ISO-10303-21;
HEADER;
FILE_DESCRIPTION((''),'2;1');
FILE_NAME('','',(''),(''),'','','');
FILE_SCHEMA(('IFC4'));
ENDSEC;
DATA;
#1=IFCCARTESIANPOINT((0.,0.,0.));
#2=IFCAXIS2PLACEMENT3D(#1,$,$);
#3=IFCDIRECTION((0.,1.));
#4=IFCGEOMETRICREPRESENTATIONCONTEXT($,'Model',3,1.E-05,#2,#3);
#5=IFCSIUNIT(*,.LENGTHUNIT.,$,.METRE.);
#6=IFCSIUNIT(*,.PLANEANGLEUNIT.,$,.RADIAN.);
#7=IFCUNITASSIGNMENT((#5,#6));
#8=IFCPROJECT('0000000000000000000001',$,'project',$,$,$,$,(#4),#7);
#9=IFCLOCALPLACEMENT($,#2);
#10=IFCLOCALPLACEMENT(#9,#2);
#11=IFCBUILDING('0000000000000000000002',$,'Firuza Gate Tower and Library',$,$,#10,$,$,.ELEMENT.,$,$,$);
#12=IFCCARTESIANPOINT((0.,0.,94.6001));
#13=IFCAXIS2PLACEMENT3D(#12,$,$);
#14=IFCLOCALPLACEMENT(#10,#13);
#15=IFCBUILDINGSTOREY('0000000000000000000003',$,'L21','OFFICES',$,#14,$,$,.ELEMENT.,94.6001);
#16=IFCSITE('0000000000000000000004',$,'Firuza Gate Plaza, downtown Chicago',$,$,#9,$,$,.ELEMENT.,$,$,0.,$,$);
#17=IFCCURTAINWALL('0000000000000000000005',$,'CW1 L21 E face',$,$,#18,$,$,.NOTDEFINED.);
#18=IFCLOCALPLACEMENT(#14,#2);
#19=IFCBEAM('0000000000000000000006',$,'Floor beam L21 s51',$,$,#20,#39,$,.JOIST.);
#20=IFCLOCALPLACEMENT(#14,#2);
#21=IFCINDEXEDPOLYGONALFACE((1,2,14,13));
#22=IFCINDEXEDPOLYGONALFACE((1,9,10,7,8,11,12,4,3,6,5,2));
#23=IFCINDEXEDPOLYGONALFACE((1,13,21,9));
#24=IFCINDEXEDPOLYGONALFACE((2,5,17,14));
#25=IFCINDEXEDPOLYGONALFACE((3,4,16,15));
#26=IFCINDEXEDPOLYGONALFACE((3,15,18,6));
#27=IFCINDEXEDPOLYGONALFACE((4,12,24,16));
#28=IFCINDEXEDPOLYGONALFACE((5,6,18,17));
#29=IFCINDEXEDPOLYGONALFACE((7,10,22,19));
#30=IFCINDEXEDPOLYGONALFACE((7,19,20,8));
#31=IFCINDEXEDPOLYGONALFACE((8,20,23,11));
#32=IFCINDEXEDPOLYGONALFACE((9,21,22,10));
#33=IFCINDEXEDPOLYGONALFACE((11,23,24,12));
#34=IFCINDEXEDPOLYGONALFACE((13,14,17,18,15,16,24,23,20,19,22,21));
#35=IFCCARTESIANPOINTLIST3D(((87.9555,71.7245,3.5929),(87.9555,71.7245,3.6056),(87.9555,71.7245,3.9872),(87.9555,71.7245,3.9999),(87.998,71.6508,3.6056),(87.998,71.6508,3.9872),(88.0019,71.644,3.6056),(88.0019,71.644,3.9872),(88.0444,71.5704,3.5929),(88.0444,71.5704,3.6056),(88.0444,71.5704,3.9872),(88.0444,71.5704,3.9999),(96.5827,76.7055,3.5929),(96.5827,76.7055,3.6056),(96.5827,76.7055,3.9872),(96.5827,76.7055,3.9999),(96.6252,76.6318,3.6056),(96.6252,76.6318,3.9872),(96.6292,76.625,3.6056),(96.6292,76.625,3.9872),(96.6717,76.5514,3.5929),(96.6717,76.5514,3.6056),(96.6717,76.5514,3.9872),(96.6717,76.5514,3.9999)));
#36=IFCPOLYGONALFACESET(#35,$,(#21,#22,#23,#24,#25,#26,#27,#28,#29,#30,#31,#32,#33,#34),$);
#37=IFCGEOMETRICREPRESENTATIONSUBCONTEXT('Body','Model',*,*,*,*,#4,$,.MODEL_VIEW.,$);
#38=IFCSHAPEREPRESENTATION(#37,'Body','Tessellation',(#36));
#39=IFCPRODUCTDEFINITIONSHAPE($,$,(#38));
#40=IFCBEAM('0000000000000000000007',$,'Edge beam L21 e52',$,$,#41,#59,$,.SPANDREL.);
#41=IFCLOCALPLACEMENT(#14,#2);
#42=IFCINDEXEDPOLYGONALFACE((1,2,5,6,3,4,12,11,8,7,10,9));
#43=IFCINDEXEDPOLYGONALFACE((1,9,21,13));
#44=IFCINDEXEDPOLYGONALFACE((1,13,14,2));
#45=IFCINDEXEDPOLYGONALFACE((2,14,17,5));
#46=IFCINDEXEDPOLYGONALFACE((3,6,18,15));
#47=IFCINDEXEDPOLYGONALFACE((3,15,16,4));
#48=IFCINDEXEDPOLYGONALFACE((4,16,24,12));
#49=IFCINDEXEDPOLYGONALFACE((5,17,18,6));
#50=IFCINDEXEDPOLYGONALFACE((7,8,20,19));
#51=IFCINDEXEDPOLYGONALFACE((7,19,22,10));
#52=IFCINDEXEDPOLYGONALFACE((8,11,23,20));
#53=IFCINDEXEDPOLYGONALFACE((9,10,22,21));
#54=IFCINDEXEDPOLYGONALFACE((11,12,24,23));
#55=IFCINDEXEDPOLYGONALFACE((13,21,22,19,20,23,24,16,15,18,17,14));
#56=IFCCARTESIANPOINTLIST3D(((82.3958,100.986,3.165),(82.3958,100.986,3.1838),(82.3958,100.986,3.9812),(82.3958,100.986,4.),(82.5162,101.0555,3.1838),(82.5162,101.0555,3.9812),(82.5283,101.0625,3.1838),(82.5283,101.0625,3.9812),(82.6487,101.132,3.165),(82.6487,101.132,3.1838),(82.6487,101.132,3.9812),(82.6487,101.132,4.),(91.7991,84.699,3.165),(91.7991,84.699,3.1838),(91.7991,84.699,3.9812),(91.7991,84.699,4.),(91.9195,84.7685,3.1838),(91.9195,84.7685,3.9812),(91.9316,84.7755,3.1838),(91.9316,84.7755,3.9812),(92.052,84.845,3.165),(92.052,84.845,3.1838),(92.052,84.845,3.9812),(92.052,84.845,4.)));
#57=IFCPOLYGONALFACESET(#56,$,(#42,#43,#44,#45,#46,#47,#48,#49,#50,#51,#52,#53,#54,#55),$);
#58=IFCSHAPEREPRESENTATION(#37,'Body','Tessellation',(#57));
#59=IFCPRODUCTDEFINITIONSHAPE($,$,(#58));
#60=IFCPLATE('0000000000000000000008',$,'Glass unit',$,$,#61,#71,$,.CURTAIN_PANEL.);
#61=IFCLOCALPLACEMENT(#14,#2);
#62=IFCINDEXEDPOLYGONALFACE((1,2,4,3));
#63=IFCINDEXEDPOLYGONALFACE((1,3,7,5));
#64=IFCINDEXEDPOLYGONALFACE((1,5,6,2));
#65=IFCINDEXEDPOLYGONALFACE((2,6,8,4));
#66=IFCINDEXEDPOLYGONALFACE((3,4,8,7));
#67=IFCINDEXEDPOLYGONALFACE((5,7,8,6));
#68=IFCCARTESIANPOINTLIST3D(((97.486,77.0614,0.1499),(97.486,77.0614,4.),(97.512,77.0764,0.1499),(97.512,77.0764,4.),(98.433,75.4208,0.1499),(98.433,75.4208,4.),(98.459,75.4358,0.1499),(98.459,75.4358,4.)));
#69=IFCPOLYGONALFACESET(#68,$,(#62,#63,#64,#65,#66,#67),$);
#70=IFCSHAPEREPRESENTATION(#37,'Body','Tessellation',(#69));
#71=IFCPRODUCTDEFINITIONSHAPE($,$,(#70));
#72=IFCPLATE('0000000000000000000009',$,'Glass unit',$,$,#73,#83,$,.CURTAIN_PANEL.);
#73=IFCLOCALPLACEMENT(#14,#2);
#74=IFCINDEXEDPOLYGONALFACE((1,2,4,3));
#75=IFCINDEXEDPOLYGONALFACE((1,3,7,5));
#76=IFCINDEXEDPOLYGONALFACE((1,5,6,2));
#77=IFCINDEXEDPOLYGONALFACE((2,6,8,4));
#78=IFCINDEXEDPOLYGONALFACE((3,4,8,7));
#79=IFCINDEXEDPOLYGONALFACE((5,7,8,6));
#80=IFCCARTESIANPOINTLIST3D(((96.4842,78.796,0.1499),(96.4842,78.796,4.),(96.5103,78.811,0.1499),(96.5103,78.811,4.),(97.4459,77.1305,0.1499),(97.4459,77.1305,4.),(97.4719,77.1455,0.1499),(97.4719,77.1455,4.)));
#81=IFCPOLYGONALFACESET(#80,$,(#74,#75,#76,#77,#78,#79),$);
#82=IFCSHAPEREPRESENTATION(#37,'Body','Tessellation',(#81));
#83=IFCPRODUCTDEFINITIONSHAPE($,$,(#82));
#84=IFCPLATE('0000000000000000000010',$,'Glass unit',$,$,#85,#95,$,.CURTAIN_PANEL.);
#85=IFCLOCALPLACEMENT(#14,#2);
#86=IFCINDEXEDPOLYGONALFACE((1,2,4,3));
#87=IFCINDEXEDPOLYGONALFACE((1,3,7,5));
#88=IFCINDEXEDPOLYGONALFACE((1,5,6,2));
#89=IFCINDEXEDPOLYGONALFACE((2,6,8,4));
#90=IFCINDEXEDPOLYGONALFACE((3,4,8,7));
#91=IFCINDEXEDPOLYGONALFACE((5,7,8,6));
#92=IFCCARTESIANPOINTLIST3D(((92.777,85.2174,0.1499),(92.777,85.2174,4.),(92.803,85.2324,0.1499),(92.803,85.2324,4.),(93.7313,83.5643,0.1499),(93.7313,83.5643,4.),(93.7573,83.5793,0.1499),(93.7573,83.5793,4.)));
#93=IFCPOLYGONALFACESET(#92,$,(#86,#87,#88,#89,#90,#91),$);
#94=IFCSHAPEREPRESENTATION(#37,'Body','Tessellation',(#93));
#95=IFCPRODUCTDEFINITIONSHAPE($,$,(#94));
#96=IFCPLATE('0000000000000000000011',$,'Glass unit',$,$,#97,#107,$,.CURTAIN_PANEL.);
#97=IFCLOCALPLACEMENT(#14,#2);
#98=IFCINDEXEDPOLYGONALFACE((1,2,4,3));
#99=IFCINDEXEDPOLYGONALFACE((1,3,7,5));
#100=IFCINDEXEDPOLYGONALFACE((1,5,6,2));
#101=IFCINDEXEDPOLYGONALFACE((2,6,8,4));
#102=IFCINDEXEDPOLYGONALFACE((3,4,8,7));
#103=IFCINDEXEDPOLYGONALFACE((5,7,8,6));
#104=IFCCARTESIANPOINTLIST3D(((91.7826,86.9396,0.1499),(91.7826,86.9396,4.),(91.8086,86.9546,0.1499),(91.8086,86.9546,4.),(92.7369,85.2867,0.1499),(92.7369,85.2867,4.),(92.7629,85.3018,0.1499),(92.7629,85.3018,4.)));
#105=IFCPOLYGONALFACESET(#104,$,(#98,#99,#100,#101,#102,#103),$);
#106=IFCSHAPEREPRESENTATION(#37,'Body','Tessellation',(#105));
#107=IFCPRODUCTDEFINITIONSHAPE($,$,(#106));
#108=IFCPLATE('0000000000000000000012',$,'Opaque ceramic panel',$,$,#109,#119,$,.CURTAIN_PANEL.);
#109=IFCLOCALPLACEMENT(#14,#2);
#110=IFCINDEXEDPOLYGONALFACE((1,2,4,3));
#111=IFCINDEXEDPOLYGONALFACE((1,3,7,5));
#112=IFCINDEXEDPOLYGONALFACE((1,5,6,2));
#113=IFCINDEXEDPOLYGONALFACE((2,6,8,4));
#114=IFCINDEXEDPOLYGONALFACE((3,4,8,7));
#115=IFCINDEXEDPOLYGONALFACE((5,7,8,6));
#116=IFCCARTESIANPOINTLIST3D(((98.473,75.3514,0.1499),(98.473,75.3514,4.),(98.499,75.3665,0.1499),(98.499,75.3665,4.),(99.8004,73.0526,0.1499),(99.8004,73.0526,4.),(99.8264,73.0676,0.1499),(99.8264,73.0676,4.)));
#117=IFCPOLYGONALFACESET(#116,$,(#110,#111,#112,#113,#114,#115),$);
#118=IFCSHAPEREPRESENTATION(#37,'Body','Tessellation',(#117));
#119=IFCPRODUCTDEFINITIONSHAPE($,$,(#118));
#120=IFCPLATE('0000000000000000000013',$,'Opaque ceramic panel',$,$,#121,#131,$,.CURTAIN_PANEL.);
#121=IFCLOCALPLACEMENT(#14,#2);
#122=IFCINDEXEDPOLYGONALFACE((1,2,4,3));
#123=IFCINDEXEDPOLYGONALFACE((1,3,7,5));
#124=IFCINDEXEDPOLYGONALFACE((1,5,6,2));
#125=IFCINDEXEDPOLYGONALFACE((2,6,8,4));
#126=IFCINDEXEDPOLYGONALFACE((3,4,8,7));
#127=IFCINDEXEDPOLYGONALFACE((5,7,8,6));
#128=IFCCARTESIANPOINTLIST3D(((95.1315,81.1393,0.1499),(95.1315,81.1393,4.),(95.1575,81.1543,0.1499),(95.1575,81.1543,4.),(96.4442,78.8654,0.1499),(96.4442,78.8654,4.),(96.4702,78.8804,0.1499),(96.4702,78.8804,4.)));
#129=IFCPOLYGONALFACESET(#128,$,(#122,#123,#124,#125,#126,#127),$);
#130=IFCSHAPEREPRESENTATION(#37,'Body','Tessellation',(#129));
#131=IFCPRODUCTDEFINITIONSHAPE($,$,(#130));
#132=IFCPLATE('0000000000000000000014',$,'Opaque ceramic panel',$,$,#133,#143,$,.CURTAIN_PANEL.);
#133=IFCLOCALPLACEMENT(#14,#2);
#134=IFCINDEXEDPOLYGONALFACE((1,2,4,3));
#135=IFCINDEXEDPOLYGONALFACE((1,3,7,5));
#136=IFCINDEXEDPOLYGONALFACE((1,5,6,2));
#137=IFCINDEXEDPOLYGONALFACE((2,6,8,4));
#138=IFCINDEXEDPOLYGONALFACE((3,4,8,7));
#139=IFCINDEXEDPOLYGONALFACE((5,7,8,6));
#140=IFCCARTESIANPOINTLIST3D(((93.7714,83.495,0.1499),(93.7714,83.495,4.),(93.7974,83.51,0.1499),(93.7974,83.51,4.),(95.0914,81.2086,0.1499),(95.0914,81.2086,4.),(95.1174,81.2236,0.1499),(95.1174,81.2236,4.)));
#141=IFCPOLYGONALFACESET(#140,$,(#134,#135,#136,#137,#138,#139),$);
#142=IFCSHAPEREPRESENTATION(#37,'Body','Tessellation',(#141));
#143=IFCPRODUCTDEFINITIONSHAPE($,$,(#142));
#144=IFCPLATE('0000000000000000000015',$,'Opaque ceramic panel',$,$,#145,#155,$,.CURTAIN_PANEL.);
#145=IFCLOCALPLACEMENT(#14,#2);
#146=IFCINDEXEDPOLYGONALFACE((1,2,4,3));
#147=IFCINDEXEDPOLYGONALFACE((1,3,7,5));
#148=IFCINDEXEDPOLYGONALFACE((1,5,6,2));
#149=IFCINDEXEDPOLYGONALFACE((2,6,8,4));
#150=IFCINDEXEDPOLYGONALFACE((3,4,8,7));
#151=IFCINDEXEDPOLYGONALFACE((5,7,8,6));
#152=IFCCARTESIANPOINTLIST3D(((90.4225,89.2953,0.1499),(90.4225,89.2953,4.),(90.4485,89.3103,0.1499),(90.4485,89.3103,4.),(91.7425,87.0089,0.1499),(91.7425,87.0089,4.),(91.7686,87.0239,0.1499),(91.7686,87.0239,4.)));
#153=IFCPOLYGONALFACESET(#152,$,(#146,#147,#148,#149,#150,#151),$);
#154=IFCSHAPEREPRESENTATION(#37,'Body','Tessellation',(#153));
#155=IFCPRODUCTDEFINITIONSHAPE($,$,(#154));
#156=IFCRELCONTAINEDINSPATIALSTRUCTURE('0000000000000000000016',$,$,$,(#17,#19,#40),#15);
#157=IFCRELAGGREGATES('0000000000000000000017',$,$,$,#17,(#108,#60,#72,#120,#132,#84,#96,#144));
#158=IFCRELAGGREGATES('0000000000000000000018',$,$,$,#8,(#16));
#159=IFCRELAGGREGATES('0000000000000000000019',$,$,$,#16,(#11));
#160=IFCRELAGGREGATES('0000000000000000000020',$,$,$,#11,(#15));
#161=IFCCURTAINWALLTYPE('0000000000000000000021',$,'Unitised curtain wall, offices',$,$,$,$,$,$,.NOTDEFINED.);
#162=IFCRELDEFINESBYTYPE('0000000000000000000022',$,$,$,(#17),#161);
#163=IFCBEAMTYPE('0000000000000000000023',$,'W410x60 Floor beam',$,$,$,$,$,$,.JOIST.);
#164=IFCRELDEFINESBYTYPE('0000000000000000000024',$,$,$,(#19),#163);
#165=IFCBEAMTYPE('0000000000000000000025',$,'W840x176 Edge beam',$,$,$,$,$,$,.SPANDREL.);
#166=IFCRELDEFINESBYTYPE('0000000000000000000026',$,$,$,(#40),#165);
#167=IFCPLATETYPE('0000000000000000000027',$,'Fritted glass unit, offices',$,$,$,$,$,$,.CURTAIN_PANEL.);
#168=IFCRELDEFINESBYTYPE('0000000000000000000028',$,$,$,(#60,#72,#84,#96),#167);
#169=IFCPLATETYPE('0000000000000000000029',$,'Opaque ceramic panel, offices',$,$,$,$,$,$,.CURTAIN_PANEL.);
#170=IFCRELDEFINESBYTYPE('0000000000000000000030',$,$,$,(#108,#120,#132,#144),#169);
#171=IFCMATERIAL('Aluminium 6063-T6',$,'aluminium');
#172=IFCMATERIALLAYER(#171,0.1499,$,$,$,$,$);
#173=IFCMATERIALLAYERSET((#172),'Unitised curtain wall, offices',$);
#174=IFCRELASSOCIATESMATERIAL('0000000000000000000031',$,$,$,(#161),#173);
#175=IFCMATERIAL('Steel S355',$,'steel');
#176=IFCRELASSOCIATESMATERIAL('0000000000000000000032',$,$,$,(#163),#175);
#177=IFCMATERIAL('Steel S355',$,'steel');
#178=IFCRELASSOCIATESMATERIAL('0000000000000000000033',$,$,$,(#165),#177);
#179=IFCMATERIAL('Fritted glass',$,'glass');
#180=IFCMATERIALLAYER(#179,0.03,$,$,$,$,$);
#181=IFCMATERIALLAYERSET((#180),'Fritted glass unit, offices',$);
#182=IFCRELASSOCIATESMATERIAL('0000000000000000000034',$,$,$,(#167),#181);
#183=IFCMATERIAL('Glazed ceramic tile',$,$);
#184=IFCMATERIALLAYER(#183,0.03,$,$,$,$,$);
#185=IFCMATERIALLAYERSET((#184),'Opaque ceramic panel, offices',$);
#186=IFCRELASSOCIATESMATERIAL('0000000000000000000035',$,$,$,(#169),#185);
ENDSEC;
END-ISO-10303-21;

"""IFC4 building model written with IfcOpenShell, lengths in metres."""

from ifc_helpers import new_model, si_unit, direction, frame, origin, origin_2d, place, context, subcontext, project, spatial, polyline, i_section, outline, extrude, material, layer, layer_set, material_profile, profile_set, type_object, element, aggregate, save


model = new_model("IFC4")

# Units and contexts
model_context = context("Model", 3, precision=1e-05, world=origin(), true_north=direction((0.0, 1.0)))
body_context = subcontext(model_context, "Body", "Model", "MODEL_VIEW")
ifc_project = project(units=[si_unit("LENGTHUNIT", "METRE"), si_unit("PLANEANGLEUNIT", "RADIAN")], contexts=[model_context])

# Site, building, storey
site_placement = place(None, origin())
site = spatial("IfcSite", under=ifc_project, at=site_placement, Name="Firuza Gate Plaza, downtown Chicago", CompositionType="ELEMENT", RefElevation=0.0)
building_placement = place(site_placement, origin())
building = spatial("IfcBuilding", under=site, at=building_placement, Name="Firuza Gate Tower and Library", CompositionType="ELEMENT")
storey_placement = place(building_placement, frame((0.0, 0.0, 94.6001)))
storey = spatial("IfcBuildingStorey", under=building, at=storey_placement, Name="L21", Description="OFFICES", CompositionType="ELEMENT", Elevation=94.6001)

# Curtain wall
ifc_material_1 = material(Name="Aluminium 6063-T6", Category="aluminium")
ifc_layer_1 = layer(ifc_material_1, 0.1499)
ifc_layer_set_1 = layer_set([ifc_layer_1], Name="Unitised curtain wall, offices")
curtain_wall_type = type_object("IfcCurtainWallType", Name="Unitised curtain wall, offices", PredefinedType="NOTDEFINED", material=ifc_layer_set_1)
curtain_wall_placement = place(storey_placement, origin())
curtain_wall = element("IfcCurtainWall", 1, at=curtain_wall_placement, inside=storey, type_object=curtain_wall_type, Name="CW1 L21 E face", PredefinedType="NOTDEFINED")

# Beams
ifc_material_2 = material(Name="Steel S355", Category="steel")
ifc_material_profile_1 = material_profile(ifc_material_2, i_section(OverallWidth=0.178, OverallDepth=0.407, WebThickness=0.0078, FlangeThickness=0.0127, at=origin_2d()))
ifc_profile_set_1 = profile_set([ifc_material_profile_1], Name="Steel S355")
beam_type_1 = type_object("IfcBeamType", Name="W410x60 Floor beam", PredefinedType="JOIST", material=ifc_profile_set_1)
beam_1_placement = place(storey_placement, frame((96.6272, 76.6284, 3.7964), z_axis=(-0.866024, -0.500003, 0.0), x_axis=(0.500003, -0.866024, 0.0)))
element("IfcBeam", 2, at=beam_1_placement, inside=storey, type_object=beam_type_1, Name="Floor beam L21 s51", PredefinedType="JOIST", context=body_context, shape_type="SweptSolid", body=[
    extrude(i_section(OverallWidth=0.178, OverallDepth=0.407, WebThickness=0.0078, FlangeThickness=0.0127, at=origin_2d()), origin(), (0.0, 0.0, 1.0), 9.9619),
])
ifc_material_3 = material(Name="Steel S355", Category="steel")
ifc_material_profile_2 = material_profile(ifc_material_3, i_section(OverallWidth=0.292, OverallDepth=0.835, WebThickness=0.0139, FlangeThickness=0.0188, at=origin_2d()))
ifc_profile_set_2 = profile_set([ifc_material_profile_2], Name="Steel S355")
beam_type_2 = type_object("IfcBeamType", Name="W840x176 Edge beam", PredefinedType="SPANDREL", material=ifc_profile_set_2)
beam_2_placement = place(storey_placement, frame((91.9255, 84.772, 3.5825), z_axis=(-0.499998, 0.866026, 0.0), x_axis=(-0.866026, -0.499998, 0.0)))
element("IfcBeam", 3, at=beam_2_placement, inside=storey, type_object=beam_type_2, Name="Edge beam L21 e52", PredefinedType="SPANDREL", context=body_context, shape_type="SweptSolid", body=[
    extrude(i_section(OverallWidth=0.292, OverallDepth=0.835, WebThickness=0.0139, FlangeThickness=0.0188, at=origin_2d()), origin(), (0.0, 0.0, 1.0), 18.8066),
])

# Plates
ifc_material_4 = material(Name="Fritted glass", Category="glass")
ifc_layer_2 = layer(ifc_material_4, 0.03)
ifc_layer_set_2 = layer_set([ifc_layer_2], Name="Fritted glass unit, offices")
plate_type_1 = type_object("IfcPlateType", Name="Fritted glass unit, offices", PredefinedType="CURTAIN_PANEL", material=ifc_layer_set_2)
plate_1_placement = place(storey_placement, frame((98.459, 75.4358, 0.1499), z_axis=(0.86607, 0.499923, 0.0), x_axis=(-0.499923, 0.86607, 0.0)))
plate_1 = element("IfcPlate", 4, at=plate_1_placement, type_object=plate_type_1, Name="Glass unit", PredefinedType="CURTAIN_PANEL", context=body_context, shape_type="SweptSolid", body=[
    extrude(outline(polyline([(0.0, 0.0), (1.8943, 0.0), (1.8943, 3.8501), (0.0, 3.8501), (0.0, 0.0)])), origin(), (0.0, 0.0, -1.0), 0.03),
])
plate_2_placement = place(storey_placement, frame((97.4719, 77.1455, 0.1499), z_axis=(0.866008, 0.50003, 0.0), x_axis=(-0.50003, 0.866008, 0.0)))
plate_2 = element("IfcPlate", 5, at=plate_2_placement, type_object=plate_type_1, Name="Glass unit", PredefinedType="CURTAIN_PANEL", context=body_context, shape_type="SweptSolid", body=[
    extrude(outline(polyline([(0.0, 0.0), (1.9232, 0.0), (1.9232, 3.8501), (0.0, 3.8501), (0.0, 0.0)])), origin(), (0.0, 0.0, -1.0), 0.03),
])
plate_3_placement = place(storey_placement, frame((93.7573, 83.5793, 0.1499), z_axis=(0.866039, 0.499977, 0.0), x_axis=(-0.499977, 0.866039, 0.0)))
plate_3 = element("IfcPlate", 6, at=plate_3_placement, type_object=plate_type_1, Name="Glass unit", PredefinedType="CURTAIN_PANEL", context=body_context, shape_type="SweptSolid", body=[
    extrude(outline(polyline([(0.0, 0.0), (1.9088, 0.0), (1.9088, 3.8501), (0.0, 3.8501), (0.0, 0.0)])), origin(), (0.0, 0.0, -1.0), 0.03),
])
plate_4_placement = place(storey_placement, frame((92.7629, 85.3018, 0.1499), z_axis=(0.866007, 0.500032, 0.0), x_axis=(-0.500032, 0.866007, 0.0)))
plate_4 = element("IfcPlate", 7, at=plate_4_placement, type_object=plate_type_1, Name="Glass unit", PredefinedType="CURTAIN_PANEL", context=body_context, shape_type="SweptSolid", body=[
    extrude(outline(polyline([(0.0, 0.0), (1.9086, 0.0), (1.9086, 3.8501), (0.0, 3.8501), (0.0, 0.0)])), origin(), (0.0, 0.0, -1.0), 0.03),
])
ifc_material_5 = material(Name="Glazed ceramic tile")
ifc_layer_3 = layer(ifc_material_5, 0.03)
ifc_layer_set_3 = layer_set([ifc_layer_3], Name="Opaque ceramic panel, offices")
plate_type_2 = type_object("IfcPlateType", Name="Opaque ceramic panel, offices", PredefinedType="CURTAIN_PANEL", material=ifc_layer_set_3)
plate_5_placement = place(storey_placement, frame((99.8264, 73.0676, 0.1499), z_axis=(0.865999, 0.500046, 0.0), x_axis=(-0.500046, 0.865999, 0.0)))
plate_5 = element("IfcPlate", 8, at=plate_5_placement, type_object=plate_type_2, Name="Opaque ceramic panel", PredefinedType="CURTAIN_PANEL", context=body_context, shape_type="SweptSolid", body=[
    extrude(outline(polyline([(0.0, 0.0), (2.6545, 0.0), (2.6545, 3.8501), (0.0, 3.8501), (0.0, 0.0)])), origin(), (0.0, 0.0, -1.0), 0.03),
])
plate_6_placement = place(storey_placement, frame((96.4702, 78.8804, 0.1499), z_axis=(0.866043, 0.499969, 0.0), x_axis=(-0.499969, 0.866043, 0.0)))
plate_6 = element("IfcPlate", 9, at=plate_6_placement, type_object=plate_type_2, Name="Opaque ceramic panel", PredefinedType="CURTAIN_PANEL", context=body_context, shape_type="SweptSolid", body=[
    extrude(outline(polyline([(0.0, 0.0), (2.6256, 0.0), (2.6256, 3.8501), (0.0, 3.8501), (0.0, 0.0)])), origin(), (0.0, 0.0, -1.0), 0.03),
])
plate_7_placement = place(storey_placement, frame((95.1174, 81.2236, 0.1499), z_axis=(0.866021, 0.500008, 0.0), x_axis=(-0.500008, 0.866021, 0.0)))
plate_7 = element("IfcPlate", 10, at=plate_7_placement, type_object=plate_type_2, Name="Opaque ceramic panel", PredefinedType="CURTAIN_PANEL", context=body_context, shape_type="SweptSolid", body=[
    extrude(outline(polyline([(0.0, 0.0), (2.6401, 0.0), (2.6401, 3.8501), (0.0, 3.8501), (0.0, 0.0)])), origin(), (0.0, 0.0, -1.0), 0.03),
])
plate_8_placement = place(storey_placement, frame((91.7686, 87.0239, 0.1499), z_axis=(0.866021, 0.500008, 0.0), x_axis=(-0.500008, 0.866021, 0.0)))
plate_8 = element("IfcPlate", 11, at=plate_8_placement, type_object=plate_type_2, Name="Opaque ceramic panel", PredefinedType="CURTAIN_PANEL", context=body_context, shape_type="SweptSolid", body=[
    extrude(outline(polyline([(0.0, 0.0), (2.6401, 0.0), (2.6401, 3.8501), (0.0, 3.8501), (0.0, 0.0)])), origin(), (0.0, 0.0, -1.0), 0.03),
])
aggregate(curtain_wall, [plate_5, plate_1, plate_2, plate_6, plate_7, plate_3, plate_4, plate_8])

save(model, "model.ifc")
